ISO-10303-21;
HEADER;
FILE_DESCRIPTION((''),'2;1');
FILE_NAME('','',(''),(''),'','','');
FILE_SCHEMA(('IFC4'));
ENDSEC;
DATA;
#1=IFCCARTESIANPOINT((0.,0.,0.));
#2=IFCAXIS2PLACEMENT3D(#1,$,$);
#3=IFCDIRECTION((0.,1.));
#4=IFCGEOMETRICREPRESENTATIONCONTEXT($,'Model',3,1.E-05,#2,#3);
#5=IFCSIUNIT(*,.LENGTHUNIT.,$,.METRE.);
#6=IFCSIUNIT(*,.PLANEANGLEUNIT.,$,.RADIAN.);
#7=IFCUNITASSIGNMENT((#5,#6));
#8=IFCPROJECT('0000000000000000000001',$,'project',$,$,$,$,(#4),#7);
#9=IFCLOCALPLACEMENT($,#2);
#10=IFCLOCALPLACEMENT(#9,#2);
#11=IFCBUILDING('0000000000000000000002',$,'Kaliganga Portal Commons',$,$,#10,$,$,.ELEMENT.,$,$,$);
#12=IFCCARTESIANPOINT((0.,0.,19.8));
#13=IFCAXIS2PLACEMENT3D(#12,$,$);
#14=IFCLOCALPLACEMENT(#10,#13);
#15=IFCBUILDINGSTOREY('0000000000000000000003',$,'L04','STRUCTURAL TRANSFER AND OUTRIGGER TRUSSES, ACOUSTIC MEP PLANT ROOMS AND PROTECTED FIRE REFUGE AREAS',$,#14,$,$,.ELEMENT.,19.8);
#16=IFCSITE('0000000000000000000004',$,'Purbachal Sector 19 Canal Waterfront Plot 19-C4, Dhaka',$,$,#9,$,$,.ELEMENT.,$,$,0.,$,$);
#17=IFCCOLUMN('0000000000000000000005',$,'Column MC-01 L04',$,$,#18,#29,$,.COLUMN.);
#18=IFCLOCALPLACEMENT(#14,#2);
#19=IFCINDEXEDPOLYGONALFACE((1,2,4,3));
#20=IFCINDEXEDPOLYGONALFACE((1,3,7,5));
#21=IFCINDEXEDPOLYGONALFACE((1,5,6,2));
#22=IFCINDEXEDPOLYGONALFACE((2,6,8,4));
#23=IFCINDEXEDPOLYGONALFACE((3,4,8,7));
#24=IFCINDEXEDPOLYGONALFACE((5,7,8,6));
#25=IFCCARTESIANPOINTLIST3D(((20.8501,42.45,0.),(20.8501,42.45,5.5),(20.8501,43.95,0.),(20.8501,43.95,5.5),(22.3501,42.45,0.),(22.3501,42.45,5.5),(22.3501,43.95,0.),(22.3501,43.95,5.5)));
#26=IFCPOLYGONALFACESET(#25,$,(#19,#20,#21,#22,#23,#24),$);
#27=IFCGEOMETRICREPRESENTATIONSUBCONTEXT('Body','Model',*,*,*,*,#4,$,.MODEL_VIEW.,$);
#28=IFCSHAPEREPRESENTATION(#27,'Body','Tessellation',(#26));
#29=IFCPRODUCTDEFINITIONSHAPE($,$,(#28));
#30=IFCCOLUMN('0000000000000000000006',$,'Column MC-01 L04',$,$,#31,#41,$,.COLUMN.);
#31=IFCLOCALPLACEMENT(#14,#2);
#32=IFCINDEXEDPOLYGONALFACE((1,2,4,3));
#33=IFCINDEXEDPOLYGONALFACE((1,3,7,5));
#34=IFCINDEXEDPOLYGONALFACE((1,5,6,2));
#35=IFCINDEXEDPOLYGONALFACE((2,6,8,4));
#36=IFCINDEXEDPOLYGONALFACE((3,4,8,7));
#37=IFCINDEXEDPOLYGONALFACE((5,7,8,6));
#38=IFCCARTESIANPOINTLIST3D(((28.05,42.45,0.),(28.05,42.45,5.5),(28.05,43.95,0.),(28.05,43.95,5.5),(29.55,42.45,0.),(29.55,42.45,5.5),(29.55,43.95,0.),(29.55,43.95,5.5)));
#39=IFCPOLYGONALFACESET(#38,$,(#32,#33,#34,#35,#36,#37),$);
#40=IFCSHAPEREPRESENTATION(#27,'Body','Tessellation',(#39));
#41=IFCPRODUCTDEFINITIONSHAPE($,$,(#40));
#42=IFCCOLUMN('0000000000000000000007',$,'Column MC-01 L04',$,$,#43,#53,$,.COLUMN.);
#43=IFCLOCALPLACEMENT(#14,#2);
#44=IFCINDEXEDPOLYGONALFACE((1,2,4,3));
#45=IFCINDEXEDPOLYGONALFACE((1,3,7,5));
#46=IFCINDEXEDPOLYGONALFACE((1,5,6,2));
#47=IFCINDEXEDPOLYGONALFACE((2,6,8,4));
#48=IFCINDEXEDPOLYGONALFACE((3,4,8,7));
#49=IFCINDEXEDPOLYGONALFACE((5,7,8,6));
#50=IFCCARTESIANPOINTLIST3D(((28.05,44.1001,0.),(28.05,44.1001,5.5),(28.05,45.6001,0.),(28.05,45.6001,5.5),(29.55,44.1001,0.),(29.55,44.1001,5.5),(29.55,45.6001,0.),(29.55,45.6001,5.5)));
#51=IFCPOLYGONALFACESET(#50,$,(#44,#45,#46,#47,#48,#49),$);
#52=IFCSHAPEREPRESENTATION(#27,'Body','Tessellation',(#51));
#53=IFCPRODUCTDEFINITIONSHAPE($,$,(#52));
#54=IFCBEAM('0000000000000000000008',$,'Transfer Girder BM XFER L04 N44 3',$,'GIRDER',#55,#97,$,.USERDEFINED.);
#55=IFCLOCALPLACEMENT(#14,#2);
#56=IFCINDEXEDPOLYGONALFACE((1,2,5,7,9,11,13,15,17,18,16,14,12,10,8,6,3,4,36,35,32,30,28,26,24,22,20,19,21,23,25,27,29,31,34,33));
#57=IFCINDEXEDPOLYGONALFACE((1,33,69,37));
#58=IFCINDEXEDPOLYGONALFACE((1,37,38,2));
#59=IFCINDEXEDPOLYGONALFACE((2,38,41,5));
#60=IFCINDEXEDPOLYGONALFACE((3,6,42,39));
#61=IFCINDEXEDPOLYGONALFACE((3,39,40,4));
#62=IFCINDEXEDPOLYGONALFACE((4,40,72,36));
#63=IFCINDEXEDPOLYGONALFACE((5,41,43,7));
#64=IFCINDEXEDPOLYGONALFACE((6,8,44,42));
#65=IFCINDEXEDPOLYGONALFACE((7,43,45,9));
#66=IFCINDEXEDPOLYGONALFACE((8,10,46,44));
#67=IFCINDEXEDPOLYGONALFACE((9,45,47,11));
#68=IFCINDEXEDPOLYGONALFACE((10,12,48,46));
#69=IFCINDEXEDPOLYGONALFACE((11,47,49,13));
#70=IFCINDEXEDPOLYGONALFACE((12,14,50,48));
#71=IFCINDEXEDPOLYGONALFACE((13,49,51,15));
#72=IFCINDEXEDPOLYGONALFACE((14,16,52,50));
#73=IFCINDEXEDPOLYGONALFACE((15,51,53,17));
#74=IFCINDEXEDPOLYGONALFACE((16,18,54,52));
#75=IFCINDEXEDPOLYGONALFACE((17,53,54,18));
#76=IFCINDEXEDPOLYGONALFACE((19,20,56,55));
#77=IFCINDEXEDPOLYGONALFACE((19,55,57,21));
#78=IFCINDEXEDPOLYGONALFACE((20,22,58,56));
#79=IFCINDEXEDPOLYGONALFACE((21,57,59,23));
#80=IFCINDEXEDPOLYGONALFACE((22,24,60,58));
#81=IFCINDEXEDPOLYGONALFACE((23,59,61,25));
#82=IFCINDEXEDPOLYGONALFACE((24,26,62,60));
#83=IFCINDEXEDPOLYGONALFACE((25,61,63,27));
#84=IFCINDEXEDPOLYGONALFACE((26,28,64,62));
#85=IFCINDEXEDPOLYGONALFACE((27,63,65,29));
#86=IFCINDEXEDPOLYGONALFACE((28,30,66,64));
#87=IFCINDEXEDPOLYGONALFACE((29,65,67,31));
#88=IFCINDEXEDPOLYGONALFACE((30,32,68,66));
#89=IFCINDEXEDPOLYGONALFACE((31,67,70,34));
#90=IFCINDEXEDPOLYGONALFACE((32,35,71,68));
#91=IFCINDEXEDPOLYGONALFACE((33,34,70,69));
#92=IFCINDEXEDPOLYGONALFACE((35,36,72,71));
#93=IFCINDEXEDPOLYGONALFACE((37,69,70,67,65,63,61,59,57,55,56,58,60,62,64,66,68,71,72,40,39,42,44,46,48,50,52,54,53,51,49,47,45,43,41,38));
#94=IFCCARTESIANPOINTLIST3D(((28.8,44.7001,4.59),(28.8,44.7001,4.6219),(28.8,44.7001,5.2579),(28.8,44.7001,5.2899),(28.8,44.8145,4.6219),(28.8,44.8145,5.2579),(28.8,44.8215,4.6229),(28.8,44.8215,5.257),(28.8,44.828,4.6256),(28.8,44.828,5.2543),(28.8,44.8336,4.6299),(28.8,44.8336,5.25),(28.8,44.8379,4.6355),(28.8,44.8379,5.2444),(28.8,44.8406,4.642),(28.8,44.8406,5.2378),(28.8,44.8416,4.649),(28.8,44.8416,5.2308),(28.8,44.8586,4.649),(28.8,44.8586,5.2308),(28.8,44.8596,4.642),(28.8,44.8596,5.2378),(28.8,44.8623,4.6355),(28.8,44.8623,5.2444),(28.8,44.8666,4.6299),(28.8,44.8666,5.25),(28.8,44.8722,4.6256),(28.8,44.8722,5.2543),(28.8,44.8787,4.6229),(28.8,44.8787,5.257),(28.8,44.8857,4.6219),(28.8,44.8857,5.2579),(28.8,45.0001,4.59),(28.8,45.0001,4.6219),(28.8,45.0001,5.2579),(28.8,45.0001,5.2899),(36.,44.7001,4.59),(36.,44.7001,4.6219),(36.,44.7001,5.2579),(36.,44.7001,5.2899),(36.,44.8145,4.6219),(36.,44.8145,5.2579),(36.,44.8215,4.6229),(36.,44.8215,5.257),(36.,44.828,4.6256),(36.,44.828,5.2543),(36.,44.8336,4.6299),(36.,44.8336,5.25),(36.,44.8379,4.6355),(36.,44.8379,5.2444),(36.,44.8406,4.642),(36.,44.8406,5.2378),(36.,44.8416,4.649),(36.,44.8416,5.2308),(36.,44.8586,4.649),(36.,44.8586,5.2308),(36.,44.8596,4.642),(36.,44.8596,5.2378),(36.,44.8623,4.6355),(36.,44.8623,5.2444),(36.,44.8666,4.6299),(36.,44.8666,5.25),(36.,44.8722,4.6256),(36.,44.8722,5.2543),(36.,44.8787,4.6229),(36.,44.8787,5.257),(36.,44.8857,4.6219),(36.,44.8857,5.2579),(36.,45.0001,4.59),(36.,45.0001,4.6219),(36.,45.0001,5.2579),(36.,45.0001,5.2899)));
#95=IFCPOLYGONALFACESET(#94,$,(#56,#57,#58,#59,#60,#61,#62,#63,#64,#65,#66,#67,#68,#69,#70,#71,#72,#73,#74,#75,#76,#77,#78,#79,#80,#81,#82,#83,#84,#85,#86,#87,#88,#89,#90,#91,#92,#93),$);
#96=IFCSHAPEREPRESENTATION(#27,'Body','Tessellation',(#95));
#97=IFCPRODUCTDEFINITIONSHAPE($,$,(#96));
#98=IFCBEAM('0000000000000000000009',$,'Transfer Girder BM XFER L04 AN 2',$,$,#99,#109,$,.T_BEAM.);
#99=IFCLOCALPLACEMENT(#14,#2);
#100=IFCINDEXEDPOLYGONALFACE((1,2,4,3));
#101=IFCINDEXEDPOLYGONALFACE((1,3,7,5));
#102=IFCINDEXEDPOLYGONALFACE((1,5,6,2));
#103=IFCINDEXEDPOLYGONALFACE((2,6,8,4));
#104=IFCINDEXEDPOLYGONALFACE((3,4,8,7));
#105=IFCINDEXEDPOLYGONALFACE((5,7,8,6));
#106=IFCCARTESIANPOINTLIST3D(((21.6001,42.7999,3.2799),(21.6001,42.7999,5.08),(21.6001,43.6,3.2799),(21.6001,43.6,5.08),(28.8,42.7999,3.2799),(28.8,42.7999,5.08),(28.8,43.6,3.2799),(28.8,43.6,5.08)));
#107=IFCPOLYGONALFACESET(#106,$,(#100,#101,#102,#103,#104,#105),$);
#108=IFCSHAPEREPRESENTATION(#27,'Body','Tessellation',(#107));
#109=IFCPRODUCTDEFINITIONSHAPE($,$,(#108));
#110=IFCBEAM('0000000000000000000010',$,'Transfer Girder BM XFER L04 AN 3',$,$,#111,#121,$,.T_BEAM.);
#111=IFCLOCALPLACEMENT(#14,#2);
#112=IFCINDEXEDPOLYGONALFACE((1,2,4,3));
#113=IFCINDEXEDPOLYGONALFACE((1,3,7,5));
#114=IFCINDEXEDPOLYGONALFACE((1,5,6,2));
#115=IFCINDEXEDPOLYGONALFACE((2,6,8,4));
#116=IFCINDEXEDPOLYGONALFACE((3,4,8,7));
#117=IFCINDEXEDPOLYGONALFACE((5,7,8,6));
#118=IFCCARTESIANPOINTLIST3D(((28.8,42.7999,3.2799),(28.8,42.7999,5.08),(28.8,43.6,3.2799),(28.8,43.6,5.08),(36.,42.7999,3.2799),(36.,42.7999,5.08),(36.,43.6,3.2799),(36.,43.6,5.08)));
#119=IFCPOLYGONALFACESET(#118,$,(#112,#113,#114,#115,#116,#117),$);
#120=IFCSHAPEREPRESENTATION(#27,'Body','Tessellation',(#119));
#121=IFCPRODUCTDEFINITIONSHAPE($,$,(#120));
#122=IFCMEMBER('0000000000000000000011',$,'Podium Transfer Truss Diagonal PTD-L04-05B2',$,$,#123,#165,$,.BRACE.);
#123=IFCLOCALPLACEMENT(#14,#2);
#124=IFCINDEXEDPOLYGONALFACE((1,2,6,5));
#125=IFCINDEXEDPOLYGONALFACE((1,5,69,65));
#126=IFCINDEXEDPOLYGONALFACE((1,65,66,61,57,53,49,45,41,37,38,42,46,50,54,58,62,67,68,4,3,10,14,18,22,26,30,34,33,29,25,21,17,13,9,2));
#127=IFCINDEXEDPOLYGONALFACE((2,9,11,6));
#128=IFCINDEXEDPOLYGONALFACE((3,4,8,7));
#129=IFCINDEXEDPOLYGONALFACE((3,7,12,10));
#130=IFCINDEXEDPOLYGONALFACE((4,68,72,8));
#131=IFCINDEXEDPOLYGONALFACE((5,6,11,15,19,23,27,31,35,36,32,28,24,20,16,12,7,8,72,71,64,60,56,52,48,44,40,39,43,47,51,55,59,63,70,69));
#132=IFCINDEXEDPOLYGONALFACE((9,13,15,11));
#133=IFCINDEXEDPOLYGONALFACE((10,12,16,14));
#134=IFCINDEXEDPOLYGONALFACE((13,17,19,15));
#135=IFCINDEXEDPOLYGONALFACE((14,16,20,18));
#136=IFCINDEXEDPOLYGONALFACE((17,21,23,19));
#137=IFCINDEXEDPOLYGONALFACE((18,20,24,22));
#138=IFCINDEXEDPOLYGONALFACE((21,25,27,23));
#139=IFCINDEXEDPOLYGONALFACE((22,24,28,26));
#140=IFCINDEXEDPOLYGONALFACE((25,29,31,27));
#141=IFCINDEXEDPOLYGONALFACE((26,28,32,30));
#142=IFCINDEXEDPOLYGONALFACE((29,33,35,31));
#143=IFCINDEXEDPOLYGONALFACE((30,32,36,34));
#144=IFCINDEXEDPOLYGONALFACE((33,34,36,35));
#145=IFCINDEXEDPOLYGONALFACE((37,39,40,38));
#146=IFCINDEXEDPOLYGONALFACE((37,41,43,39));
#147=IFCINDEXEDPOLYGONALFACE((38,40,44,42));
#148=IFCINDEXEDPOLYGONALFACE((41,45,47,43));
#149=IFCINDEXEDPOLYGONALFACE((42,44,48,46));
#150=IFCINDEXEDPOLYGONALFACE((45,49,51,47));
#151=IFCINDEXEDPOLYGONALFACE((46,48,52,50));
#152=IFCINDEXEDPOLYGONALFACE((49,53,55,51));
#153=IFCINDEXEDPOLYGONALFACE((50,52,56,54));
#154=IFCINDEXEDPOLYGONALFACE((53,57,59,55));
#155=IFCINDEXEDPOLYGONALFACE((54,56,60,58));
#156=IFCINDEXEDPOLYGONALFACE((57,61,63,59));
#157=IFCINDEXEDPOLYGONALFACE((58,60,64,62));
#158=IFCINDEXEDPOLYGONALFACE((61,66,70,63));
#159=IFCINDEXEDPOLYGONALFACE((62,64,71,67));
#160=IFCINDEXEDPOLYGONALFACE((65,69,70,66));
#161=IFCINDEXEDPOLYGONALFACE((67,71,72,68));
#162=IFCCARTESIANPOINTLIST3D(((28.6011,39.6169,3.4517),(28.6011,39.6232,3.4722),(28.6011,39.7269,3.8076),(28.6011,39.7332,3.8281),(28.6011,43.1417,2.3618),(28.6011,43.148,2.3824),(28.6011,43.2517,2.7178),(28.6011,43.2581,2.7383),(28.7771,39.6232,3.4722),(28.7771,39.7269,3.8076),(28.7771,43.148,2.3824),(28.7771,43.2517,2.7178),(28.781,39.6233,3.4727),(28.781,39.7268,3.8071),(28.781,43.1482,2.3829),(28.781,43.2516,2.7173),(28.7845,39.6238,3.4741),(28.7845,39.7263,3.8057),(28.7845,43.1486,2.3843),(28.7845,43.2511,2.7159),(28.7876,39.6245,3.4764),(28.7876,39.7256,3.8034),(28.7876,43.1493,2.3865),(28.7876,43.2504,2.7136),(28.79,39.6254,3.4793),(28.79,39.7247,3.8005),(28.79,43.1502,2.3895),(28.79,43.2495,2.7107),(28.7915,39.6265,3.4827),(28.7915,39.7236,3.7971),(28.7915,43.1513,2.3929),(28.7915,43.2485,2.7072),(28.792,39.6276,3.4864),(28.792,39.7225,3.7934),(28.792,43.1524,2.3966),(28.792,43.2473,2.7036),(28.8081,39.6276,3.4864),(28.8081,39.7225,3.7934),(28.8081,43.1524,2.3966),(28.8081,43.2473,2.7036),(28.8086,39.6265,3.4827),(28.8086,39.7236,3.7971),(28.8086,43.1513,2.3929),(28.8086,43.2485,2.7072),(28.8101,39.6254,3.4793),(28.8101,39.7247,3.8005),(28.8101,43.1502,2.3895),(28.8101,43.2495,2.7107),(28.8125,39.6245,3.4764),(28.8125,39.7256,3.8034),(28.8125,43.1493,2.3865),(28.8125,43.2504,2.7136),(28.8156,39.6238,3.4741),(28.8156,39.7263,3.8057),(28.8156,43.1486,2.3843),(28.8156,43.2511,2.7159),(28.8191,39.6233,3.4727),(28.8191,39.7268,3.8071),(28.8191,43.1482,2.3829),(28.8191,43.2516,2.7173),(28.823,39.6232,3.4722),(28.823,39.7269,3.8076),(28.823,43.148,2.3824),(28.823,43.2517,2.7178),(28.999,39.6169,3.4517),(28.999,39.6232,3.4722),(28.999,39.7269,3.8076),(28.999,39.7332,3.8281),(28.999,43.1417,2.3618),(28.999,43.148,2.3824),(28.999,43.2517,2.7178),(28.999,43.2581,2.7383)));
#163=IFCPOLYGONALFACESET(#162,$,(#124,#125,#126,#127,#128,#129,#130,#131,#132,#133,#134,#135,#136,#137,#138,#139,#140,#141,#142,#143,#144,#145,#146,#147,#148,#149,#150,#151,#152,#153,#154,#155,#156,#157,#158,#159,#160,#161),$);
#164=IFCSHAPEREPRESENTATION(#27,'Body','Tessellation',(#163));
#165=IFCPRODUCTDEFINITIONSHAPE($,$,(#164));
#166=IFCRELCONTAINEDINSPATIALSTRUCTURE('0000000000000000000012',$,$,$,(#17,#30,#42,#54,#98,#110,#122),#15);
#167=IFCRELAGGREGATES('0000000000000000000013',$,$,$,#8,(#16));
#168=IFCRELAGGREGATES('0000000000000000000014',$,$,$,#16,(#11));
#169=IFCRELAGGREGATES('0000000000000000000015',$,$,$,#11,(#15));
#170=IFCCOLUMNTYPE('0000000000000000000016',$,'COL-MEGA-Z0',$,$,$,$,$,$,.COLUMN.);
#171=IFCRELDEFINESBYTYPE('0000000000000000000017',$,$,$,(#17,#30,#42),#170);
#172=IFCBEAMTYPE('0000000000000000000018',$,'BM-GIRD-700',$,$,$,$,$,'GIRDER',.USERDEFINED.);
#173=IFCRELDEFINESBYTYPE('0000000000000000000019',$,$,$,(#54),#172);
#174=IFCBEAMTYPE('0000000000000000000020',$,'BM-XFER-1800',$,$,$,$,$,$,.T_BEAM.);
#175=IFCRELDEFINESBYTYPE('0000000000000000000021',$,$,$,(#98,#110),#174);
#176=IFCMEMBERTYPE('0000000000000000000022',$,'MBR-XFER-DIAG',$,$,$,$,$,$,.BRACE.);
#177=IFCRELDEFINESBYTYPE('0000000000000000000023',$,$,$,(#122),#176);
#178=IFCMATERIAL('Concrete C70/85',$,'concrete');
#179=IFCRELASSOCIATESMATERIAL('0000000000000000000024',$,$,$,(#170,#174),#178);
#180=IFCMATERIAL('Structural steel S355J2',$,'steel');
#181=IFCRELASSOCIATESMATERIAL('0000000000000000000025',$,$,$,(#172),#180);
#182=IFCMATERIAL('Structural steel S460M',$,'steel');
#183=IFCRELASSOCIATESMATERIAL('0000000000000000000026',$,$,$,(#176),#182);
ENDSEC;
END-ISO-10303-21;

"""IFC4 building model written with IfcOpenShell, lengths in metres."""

from ifc_helpers import new_model, si_unit, direction, frame, origin, origin_2d, place, context, subcontext, project, spatial, rectangle, i_section, extrude, source, transform, mapped, material, material_profile, profile_set, type_object, element, save


model = new_model("IFC4")

# Units and contexts
model_context = context("Model", 3, precision=1e-05, world=origin(), true_north=direction((0.0, 1.0)))
body_context = subcontext(model_context, "Body", "Model", "MODEL_VIEW")
ifc_project = project(units=[si_unit("LENGTHUNIT", "METRE"), si_unit("PLANEANGLEUNIT", "RADIAN")], contexts=[model_context])

# Site, building, storey
site_placement = place(None, origin())
site = spatial("IfcSite", under=ifc_project, at=site_placement, Name="Purbachal Sector 19 Canal Waterfront Plot 19-C4, Dhaka", CompositionType="ELEMENT", RefElevation=0.0)
building_placement = place(site_placement, origin())
building = spatial("IfcBuilding", under=site, at=building_placement, Name="Kaliganga Portal Commons", CompositionType="ELEMENT")
storey_placement = place(building_placement, frame((0.0, 0.0, 19.8)))
storey = spatial("IfcBuildingStorey", under=building, at=storey_placement, Name="L04", Description="STRUCTURAL TRANSFER AND OUTRIGGER TRUSSES, ACOUSTIC MEP PLANT ROOMS AND PROTECTED FIRE REFUGE AREAS", CompositionType="ELEMENT", Elevation=19.8)

# Columns
ifc_material_1 = material(Name="Concrete C70/85", Category="concrete")
ifc_material_profile_1 = material_profile(ifc_material_1, rectangle(XDim=1.5, YDim=1.5, at=origin_2d()), Name="RC 1500x1500")
ifc_profile_set_1 = profile_set([ifc_material_profile_1], Name="Concrete C70/85")
column_type = type_object("IfcColumnType", Name="COL-MEGA-Z0", PredefinedType="COLUMN", material=ifc_profile_set_1)
shared_shape_1 = source(origin(), body_context, "Body", "SweptSolid", [
    extrude(rectangle(XDim=1.5, YDim=1.5, at=origin_2d()), origin(), (0.0, 0.0, 1.0), 5.5),
])
for number, where, z_axis, x_axis, name in (
    (1, (21.6001, 43.2, 0.0), (0.0, 0.0, 1.0), (1.0, 0.0, 0.0), "Column MC-01 L04"),
    (2, (28.8, 43.2, 0.0), (0.0, 0.0, 1.0), (1.0, 0.0, 0.0), "Column MC-01 L04"),
    (3, (28.8, 44.8501, 0.0), (0.0, 0.0, 1.0), (1.0, 0.0, 0.0), "Column MC-01 L04"),
):
    element("IfcColumn", number, at=place(storey_placement, frame(where, z_axis=z_axis, x_axis=x_axis)), inside=storey, type_object=column_type, Name=name, PredefinedType="COLUMN", context=body_context, shape_type="MappedRepresentation", body=[
        mapped(shared_shape_1, transform((0.0, 0.0, 0.0), x_axis=(1.0, 0.0, 0.0), y_axis=(0.0, 1.0, 0.0), z_axis=(0.0, 0.0, 1.0), scale=1.0)),
    ])

# Beams
ifc_material_2 = material(Name="Structural steel S355J2", Category="steel")
ifc_material_profile_2 = material_profile(ifc_material_2, i_section(OverallWidth=0.3, OverallDepth=0.7, WebThickness=0.0171, FlangeThickness=0.032, FilletRadius=0.0271, at=origin_2d()), Name="HE 700 B")
ifc_profile_set_2 = profile_set([ifc_material_profile_2], Name="Structural steel S355J2 wide-flange")
beam_type_1 = type_object("IfcBeamType", Name="BM-GIRD-700", ElementType="GIRDER", PredefinedType="USERDEFINED", material=ifc_profile_set_2)
shared_shape_2 = source(origin(), body_context, "Body", "SweptSolid", [
    extrude(i_section(OverallWidth=0.3, OverallDepth=0.7, WebThickness=0.0171, FlangeThickness=0.032, FilletRadius=0.0271, at=origin_2d()), origin(), (0.0, 0.0, 1.0), 7.2),
])
beam_placement = place(storey_placement, frame((28.8, 44.8501, 4.9399), z_axis=(1.0, 0.0, 0.0), x_axis=(0.0, 1.0, 0.0)))
element("IfcBeam", 4, at=beam_placement, inside=storey, type_object=beam_type_1, Name="Transfer Girder BM XFER L04 N44 3", ObjectType="GIRDER", PredefinedType="USERDEFINED", context=body_context, shape_type="MappedRepresentation", body=[
    mapped(shared_shape_2, transform((0.0, 0.0, 0.0), x_axis=(1.0, 0.0, 0.0), y_axis=(0.0, 1.0, 0.0), z_axis=(0.0, 0.0, 1.0), scale=1.0)),
])
ifc_material_profile_3 = material_profile(ifc_material_1, rectangle(XDim=0.8, YDim=1.8, at=origin_2d()), Name="RC 800x1800")
ifc_profile_set_3 = profile_set([ifc_material_profile_3], Name="Concrete C70/85")
beam_type_2 = type_object("IfcBeamType", Name="BM-XFER-1800", PredefinedType="T_BEAM", material=ifc_profile_set_3)
shared_shape_3 = source(origin(), body_context, "Body", "SweptSolid", [
    extrude(rectangle(XDim=0.8, YDim=1.8, at=origin_2d()), origin(), (0.0, 0.0, 1.0), 7.2),
])
for number, where, z_axis, x_axis, name in (
    (5, (21.6001, 43.2, 4.1799), (1.0, 0.0, 0.0), (0.0, 1.0, 0.0), "Transfer Girder BM XFER L04 AN 2"),
    (6, (28.8, 43.2, 4.1799), (1.0, 0.0, 0.0), (0.0, 1.0, 0.0), "Transfer Girder BM XFER L04 AN 3"),
):
    element("IfcBeam", number, at=place(storey_placement, frame(where, z_axis=z_axis, x_axis=x_axis)), inside=storey, type_object=beam_type_2, Name=name, PredefinedType="T_BEAM", context=body_context, shape_type="MappedRepresentation", body=[
        mapped(shared_shape_3, transform((0.0, 0.0, 0.0), x_axis=(1.0, 0.0, 0.0), y_axis=(0.0, 1.0, 0.0), z_axis=(0.0, 0.0, 1.0), scale=1.0)),
    ])

# Member
ifc_material_3 = material(Name="Structural steel S460M", Category="steel")
ifc_material_profile_4 = material_profile(ifc_material_3, i_section(OverallWidth=0.3979, OverallDepth=0.394, WebThickness=0.0161, FlangeThickness=0.0215, FilletRadius=0.0149, at=origin_2d()), Name="HD 400x262")
ifc_profile_set_4 = profile_set([ifc_material_profile_4], Name="Structural steel S460M wide-flange")
member_type_1 = type_object("IfcMemberType", Name="MBR-XFER-DIAG", PredefinedType="BRACE", material=ifc_profile_set_4)
shared_shape_4 = source(origin(), body_context, "Body", "SweptSolid", [
    extrude(i_section(OverallWidth=0.3979, OverallDepth=0.394, WebThickness=0.0161, FlangeThickness=0.0215, FilletRadius=0.0149, at=origin_2d()), origin(), (0.0, 0.0, 1.0), 3.6895),
])
member_placement = place(storey_placement, frame((28.8, 39.675, 3.6399), z_axis=(0.0, 0.955378, -0.295388), x_axis=(-1.0, 0.0, 0.0)))
element("IfcMember", 7, at=member_placement, inside=storey, type_object=member_type_1, Name="Podium Transfer Truss Diagonal PTD-L04-05B2", PredefinedType="BRACE", context=body_context, shape_type="MappedRepresentation", body=[
    mapped(shared_shape_4, transform((0.0, 0.0, 0.0), x_axis=(1.0, 0.0, 0.0), y_axis=(0.0, 1.0, 0.0), z_axis=(0.0, 0.0, 1.0), scale=1.0)),
])

save(model, "model.ifc")
